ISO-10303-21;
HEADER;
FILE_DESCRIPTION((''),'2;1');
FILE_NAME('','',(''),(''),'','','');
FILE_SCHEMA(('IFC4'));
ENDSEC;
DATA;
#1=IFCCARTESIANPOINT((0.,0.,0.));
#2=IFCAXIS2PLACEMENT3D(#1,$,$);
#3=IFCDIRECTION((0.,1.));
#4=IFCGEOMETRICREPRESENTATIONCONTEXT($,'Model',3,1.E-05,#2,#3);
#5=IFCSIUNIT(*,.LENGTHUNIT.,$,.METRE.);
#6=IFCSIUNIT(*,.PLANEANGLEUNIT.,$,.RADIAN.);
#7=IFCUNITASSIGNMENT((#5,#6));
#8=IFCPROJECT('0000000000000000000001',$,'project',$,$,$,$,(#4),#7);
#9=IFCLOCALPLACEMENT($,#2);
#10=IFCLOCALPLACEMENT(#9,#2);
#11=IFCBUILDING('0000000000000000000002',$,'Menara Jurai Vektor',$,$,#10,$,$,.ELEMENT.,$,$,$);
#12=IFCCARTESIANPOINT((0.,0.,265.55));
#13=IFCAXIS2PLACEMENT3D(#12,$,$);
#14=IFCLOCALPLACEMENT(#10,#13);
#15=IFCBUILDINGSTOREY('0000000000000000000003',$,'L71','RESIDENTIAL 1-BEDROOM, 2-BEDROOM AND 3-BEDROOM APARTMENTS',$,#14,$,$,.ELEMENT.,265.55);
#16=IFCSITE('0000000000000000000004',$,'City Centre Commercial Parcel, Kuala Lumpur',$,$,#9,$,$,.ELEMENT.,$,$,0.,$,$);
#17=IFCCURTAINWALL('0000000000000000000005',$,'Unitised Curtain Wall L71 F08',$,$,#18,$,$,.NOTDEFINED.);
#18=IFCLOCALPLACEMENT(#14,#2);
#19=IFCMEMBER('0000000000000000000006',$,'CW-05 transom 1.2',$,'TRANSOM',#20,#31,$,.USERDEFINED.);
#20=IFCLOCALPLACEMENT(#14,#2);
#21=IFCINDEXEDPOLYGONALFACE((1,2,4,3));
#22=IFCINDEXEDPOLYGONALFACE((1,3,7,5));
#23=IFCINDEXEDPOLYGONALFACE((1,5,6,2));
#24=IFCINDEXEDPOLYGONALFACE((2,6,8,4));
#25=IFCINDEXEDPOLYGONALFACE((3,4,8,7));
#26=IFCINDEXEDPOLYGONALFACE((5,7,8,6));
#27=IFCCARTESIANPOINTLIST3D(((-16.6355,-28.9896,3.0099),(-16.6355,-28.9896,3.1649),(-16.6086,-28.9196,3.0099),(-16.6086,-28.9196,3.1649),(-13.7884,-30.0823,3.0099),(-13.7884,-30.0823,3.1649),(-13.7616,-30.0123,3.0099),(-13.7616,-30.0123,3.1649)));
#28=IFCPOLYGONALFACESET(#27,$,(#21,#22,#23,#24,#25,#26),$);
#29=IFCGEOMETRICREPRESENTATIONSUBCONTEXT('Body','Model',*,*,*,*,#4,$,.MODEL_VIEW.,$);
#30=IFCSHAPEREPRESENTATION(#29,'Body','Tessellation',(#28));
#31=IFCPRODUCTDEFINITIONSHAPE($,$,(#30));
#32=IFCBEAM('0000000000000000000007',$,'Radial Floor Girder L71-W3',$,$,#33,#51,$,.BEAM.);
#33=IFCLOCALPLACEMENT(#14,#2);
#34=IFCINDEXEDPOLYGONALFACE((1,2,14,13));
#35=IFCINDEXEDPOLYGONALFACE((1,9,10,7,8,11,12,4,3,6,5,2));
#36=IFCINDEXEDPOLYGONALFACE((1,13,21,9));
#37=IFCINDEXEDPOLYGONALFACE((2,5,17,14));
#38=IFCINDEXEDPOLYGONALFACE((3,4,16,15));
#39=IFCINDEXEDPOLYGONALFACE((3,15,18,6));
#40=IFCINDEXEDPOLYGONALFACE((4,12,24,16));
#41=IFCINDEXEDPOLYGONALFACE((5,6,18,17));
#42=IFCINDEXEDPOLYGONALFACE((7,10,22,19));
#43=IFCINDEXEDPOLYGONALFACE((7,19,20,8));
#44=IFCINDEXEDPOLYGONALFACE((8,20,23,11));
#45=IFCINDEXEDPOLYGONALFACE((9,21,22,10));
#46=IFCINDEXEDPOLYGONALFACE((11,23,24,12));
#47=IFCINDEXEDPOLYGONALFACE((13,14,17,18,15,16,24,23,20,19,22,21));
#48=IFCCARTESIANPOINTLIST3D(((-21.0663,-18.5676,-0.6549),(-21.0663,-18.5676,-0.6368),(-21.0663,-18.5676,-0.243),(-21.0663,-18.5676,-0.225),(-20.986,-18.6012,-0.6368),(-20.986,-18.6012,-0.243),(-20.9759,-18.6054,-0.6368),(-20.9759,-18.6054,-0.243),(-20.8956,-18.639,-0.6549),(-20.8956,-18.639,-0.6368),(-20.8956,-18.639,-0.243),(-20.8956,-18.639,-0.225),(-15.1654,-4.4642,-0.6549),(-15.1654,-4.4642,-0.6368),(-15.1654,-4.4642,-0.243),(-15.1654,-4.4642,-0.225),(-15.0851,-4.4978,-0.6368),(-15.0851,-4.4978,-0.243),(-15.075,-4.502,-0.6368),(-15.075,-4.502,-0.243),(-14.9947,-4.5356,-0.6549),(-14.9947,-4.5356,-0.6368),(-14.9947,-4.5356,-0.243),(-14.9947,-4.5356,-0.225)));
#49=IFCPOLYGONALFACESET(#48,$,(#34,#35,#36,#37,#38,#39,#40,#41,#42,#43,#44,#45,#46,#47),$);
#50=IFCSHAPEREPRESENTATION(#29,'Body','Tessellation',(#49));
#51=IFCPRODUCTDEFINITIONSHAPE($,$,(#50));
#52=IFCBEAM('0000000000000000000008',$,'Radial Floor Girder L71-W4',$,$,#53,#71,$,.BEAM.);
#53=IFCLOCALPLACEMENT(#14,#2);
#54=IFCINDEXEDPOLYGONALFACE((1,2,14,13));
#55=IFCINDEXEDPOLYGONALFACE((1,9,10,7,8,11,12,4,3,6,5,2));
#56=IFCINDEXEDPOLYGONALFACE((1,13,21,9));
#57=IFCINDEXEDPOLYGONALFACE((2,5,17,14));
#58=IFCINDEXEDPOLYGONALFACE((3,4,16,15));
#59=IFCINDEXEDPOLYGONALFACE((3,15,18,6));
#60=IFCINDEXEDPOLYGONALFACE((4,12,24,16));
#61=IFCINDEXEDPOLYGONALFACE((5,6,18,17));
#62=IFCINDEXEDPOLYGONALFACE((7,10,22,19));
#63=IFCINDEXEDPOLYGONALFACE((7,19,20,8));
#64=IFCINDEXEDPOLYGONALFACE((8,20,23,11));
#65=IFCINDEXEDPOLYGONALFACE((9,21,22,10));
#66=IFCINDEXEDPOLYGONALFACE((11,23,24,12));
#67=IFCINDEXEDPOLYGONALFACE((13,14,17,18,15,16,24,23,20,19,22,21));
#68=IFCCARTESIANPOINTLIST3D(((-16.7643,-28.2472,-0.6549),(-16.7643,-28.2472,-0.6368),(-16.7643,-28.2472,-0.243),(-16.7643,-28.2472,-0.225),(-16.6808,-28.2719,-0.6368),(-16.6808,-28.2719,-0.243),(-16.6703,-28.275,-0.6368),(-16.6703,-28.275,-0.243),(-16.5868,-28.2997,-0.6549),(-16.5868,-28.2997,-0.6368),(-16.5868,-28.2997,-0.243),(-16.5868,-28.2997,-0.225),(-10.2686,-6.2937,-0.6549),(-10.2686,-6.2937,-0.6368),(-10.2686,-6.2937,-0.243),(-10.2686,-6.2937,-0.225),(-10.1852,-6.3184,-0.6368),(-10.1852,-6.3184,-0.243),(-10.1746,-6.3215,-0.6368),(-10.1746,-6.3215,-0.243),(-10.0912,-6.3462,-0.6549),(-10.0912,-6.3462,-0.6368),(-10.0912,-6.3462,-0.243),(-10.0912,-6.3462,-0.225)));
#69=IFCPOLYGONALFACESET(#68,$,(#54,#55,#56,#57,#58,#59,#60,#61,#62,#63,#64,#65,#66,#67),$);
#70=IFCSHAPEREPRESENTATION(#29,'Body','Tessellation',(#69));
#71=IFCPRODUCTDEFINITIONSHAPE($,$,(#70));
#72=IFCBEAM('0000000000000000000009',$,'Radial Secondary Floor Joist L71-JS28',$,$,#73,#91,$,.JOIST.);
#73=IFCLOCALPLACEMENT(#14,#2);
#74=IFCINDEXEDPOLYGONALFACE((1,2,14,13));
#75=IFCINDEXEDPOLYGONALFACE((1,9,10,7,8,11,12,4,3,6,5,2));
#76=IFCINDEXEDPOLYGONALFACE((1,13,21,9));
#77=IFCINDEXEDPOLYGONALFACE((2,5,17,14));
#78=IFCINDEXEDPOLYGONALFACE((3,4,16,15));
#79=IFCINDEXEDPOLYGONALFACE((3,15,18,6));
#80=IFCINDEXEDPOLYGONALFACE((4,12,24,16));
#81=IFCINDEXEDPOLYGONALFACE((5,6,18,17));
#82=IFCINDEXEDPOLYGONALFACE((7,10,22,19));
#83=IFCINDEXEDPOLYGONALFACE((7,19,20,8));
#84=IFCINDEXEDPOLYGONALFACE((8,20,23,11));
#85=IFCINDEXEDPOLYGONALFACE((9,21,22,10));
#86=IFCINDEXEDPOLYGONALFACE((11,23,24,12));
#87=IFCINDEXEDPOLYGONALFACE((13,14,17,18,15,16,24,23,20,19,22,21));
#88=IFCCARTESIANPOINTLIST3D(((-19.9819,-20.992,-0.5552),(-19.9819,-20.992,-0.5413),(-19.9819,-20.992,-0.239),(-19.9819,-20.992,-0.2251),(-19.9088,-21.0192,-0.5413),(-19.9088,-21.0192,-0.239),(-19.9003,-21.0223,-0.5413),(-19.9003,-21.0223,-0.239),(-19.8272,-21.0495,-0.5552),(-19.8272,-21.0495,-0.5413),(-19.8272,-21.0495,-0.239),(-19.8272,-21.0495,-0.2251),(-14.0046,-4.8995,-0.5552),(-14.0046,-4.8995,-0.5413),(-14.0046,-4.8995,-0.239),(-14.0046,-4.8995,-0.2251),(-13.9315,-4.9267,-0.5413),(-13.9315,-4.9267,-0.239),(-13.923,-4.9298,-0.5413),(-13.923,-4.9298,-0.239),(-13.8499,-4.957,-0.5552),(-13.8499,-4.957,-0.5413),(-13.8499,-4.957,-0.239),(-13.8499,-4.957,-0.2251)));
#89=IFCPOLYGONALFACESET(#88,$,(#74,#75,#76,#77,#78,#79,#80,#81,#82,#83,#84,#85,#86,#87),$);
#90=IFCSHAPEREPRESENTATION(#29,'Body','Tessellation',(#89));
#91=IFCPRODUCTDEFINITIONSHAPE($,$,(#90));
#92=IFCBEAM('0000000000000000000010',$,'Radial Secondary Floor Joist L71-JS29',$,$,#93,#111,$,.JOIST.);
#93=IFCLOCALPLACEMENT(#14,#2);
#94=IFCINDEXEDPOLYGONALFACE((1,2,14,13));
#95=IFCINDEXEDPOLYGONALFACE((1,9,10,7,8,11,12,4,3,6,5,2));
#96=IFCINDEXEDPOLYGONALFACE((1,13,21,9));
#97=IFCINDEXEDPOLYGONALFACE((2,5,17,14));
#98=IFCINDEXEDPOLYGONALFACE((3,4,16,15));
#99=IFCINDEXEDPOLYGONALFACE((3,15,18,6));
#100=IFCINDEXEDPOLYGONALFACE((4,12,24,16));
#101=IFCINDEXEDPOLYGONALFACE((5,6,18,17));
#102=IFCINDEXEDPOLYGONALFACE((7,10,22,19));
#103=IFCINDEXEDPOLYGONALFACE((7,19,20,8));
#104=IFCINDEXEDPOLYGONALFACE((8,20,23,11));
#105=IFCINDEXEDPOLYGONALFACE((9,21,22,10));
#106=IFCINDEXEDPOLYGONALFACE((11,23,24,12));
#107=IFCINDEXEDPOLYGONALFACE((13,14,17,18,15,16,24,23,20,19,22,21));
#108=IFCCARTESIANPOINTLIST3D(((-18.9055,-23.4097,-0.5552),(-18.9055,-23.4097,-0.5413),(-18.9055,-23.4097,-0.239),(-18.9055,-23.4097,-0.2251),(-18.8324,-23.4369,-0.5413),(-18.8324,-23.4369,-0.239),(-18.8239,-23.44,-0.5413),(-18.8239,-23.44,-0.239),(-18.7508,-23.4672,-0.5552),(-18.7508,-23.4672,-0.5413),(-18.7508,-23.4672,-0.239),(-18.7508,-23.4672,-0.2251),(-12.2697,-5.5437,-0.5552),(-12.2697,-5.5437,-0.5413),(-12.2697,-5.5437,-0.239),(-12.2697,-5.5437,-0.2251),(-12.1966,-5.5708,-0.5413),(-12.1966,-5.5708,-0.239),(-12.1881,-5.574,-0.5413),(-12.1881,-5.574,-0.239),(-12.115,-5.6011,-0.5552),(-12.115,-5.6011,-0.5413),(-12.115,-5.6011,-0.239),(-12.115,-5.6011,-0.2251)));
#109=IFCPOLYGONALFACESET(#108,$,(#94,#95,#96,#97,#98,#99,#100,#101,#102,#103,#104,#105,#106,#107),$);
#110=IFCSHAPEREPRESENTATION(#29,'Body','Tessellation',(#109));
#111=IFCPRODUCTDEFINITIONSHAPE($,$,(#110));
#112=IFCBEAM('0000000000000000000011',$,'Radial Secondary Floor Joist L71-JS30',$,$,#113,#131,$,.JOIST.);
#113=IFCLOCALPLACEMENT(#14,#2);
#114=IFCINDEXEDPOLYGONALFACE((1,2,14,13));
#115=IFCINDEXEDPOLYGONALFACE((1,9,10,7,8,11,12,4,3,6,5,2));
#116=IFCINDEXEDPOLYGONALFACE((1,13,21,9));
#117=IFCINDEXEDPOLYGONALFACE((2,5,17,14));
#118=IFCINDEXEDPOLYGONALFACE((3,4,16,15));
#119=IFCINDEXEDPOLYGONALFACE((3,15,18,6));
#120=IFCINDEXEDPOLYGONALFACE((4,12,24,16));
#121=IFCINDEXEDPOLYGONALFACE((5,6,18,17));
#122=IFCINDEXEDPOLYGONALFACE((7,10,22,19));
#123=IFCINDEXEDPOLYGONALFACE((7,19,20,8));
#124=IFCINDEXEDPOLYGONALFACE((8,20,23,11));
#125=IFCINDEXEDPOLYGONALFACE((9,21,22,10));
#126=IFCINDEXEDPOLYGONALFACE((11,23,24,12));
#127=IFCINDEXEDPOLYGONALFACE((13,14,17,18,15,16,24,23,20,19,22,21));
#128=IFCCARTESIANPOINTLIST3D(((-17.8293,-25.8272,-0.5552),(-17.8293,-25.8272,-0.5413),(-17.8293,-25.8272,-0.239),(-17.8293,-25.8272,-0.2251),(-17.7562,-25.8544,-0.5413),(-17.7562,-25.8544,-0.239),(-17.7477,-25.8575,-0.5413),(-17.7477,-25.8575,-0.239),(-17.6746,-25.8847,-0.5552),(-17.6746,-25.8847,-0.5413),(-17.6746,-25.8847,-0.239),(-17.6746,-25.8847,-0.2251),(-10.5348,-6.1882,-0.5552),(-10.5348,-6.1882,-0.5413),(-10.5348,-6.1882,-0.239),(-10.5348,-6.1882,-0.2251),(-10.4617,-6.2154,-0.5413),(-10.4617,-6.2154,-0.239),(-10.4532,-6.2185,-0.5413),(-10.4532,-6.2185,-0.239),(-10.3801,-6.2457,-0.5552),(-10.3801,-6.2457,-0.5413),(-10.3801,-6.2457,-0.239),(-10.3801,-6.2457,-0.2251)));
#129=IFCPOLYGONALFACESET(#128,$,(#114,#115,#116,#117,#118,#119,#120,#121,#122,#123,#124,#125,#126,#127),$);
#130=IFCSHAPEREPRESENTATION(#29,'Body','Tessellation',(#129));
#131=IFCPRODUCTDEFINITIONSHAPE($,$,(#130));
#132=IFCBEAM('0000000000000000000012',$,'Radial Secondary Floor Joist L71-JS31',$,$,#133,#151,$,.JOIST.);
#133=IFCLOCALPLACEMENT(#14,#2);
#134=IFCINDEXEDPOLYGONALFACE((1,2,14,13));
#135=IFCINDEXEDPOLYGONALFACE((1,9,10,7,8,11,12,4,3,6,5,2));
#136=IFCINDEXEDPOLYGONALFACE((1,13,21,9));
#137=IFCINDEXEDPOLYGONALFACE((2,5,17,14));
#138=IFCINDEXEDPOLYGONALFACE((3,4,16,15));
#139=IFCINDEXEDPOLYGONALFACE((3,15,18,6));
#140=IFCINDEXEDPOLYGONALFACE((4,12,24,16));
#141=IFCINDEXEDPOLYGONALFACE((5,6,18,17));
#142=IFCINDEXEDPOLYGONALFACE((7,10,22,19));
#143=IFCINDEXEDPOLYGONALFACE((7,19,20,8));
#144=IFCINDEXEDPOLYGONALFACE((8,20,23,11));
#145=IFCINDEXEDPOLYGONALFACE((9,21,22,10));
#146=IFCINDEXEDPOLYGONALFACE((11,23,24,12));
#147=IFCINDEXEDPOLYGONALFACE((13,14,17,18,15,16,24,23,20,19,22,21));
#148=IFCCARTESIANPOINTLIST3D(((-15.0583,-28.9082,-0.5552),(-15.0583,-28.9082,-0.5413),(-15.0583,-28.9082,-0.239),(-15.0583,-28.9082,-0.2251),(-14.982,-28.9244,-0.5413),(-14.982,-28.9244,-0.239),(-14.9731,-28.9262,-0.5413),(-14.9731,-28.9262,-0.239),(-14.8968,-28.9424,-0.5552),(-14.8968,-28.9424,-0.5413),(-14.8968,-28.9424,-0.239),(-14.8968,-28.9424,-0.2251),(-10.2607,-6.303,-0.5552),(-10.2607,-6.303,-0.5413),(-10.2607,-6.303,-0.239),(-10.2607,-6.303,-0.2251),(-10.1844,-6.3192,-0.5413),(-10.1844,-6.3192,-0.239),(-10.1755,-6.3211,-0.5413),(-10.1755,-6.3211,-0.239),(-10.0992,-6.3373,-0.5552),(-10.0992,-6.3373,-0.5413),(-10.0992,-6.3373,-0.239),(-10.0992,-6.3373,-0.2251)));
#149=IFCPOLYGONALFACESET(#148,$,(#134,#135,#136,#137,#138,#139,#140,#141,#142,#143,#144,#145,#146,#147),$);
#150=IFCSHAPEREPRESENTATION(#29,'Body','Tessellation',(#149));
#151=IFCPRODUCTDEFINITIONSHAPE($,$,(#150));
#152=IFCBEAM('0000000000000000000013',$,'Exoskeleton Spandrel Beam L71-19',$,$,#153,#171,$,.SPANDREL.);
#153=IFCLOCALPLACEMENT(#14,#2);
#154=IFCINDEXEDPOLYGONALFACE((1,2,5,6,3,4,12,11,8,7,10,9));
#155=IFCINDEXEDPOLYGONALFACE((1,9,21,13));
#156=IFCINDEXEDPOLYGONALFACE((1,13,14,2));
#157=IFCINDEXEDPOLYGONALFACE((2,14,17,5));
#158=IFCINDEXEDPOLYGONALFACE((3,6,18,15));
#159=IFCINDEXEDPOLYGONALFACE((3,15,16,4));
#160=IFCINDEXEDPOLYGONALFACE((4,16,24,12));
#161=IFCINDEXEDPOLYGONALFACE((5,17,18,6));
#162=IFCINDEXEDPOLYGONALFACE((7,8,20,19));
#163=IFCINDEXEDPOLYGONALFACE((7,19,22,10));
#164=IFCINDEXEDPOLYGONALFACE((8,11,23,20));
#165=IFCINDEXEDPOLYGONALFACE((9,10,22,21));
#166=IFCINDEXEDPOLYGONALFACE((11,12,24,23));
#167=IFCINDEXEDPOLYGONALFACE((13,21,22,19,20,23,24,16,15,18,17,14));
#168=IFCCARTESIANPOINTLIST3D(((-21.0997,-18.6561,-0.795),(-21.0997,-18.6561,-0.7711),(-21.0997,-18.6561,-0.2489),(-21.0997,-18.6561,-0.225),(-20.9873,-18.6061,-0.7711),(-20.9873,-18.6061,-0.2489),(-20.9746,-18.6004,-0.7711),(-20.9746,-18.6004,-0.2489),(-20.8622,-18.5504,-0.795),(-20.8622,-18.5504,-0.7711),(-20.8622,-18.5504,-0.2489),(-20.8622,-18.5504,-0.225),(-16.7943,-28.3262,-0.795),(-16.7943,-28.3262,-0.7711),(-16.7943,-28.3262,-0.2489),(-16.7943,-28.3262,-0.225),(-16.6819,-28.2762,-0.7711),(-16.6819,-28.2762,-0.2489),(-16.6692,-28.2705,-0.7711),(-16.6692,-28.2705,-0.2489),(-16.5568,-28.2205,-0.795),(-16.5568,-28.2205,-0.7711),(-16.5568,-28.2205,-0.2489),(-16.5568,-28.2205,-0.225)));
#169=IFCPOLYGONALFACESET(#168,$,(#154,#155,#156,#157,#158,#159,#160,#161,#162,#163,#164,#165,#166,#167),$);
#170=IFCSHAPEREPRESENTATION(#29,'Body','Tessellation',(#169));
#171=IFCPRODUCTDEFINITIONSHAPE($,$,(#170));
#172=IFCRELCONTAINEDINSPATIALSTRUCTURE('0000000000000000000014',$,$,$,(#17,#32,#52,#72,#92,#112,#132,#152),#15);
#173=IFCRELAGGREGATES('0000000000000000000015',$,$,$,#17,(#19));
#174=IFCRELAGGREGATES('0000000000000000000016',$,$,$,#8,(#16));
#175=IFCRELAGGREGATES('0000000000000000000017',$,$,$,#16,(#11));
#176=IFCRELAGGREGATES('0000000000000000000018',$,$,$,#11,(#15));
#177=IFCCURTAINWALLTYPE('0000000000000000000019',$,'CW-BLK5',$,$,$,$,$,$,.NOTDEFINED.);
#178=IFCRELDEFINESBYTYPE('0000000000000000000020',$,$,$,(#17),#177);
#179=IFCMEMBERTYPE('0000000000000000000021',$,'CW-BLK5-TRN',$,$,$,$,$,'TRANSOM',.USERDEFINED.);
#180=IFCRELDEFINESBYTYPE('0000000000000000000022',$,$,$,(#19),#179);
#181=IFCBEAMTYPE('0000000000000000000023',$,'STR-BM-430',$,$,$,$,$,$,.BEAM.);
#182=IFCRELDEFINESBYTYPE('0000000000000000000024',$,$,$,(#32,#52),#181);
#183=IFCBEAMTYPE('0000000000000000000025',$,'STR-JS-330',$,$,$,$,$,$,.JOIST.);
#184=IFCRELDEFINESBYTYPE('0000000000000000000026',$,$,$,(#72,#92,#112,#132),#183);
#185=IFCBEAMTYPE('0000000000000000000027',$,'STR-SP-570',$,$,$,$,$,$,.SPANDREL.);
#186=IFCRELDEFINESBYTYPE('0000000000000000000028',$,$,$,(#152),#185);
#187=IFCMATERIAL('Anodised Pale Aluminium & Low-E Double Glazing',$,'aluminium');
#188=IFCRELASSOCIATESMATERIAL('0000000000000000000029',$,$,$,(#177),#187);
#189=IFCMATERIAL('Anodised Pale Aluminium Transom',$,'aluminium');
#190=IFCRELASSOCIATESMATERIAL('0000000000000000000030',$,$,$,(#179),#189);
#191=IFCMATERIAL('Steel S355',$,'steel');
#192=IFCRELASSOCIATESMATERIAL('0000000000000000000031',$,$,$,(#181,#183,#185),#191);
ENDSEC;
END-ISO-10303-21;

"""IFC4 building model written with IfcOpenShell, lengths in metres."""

from ifc_helpers import new_model, si_unit, direction, frame, origin, origin_2d, place, context, subcontext, project, spatial, rectangle, i_section, extrude, material, material_profile, profile_set, type_object, element, aggregate, save


model = new_model("IFC4")

# Units and contexts
model_context = context("Model", 3, precision=1e-05, world=origin(), true_north=direction((0.0, 1.0)))
body_context = subcontext(model_context, "Body", "Model", "MODEL_VIEW")
ifc_project = project(units=[si_unit("LENGTHUNIT", "METRE"), si_unit("PLANEANGLEUNIT", "RADIAN")], contexts=[model_context])

# Site, building, storey
site_placement = place(None, origin())
site = spatial("IfcSite", under=ifc_project, at=site_placement, Name="City Centre Commercial Parcel, Kuala Lumpur", CompositionType="ELEMENT", RefElevation=0.0)
building_placement = place(site_placement, origin())
building = spatial("IfcBuilding", under=site, at=building_placement, Name="Menara Jurai Vektor", CompositionType="ELEMENT")
storey_placement = place(building_placement, frame((0.0, 0.0, 265.55)))
storey = spatial("IfcBuildingStorey", under=building, at=storey_placement, Name="L71", Description="RESIDENTIAL 1-BEDROOM, 2-BEDROOM AND 3-BEDROOM APARTMENTS", CompositionType="ELEMENT", Elevation=265.55)

# Curtain wall
ifc_material_1 = material(Name="Anodised Pale Aluminium & Low-E Double Glazing", Category="aluminium")
curtain_wall_type = type_object("IfcCurtainWallType", Name="CW-BLK5", PredefinedType="NOTDEFINED", material=ifc_material_1)
curtain_wall_1_placement = place(storey_placement, origin())
curtain_wall_1 = element("IfcCurtainWall", 1, at=curtain_wall_1_placement, inside=storey, type_object=curtain_wall_type, Name="Unitised Curtain Wall L71 F08", PredefinedType="NOTDEFINED")

# Member
ifc_material_2 = material(Name="Anodised Pale Aluminium Transom", Category="aluminium")
ifc_material_profile_1 = material_profile(ifc_material_2, rectangle(XDim=0.075, YDim=0.155, at=origin_2d()), Name="ALU TRN 75x155")
ifc_profile_set_1 = profile_set([ifc_material_profile_1], Name="Anodised Pale Aluminium Transom")
member_type_1 = type_object("IfcMemberType", Name="CW-BLK5-TRN", ElementType="TRANSOM", PredefinedType="USERDEFINED", material=ifc_profile_set_1)
member_1_placement = place(storey_placement, frame((-16.6221, -28.9546, 3.0874), z_axis=(0.933597, -0.358325, 0.0), x_axis=(0.358325, 0.933597, 0.0)))
member_1 = element("IfcMember", 2, at=member_1_placement, type_object=member_type_1, Name="CW-05 transom 1.2", ObjectType="TRANSOM", PredefinedType="USERDEFINED", context=body_context, shape_type="SweptSolid", body=[
    extrude(rectangle(XDim=0.075, YDim=0.155, at=origin_2d()), origin(), (0.0, 0.0, 1.0), 3.0496),
])

# Beams
ifc_material_3 = material(Name="Steel S355", Category="steel")
ifc_material_profile_2 = material_profile(ifc_material_3, i_section(OverallWidth=0.1851, OverallDepth=0.4299, WebThickness=0.011, FlangeThickness=0.0181, at=origin_2d()), Name="PG 430x185x76")
ifc_profile_set_2 = profile_set([ifc_material_profile_2], Name="Steel S355")
beam_type_1 = type_object("IfcBeamType", Name="STR-BM-430", PredefinedType="BEAM", material=ifc_profile_set_2)
beam_1_placement = place(storey_placement, frame((-20.981, -18.6033, -0.4399), z_axis=(0.385981, 0.922507, 0.0), x_axis=(-0.922507, 0.385981, 0.0)))
element("IfcBeam", 3, at=beam_1_placement, inside=storey, type_object=beam_type_1, Name="Radial Floor Girder L71-W3", PredefinedType="BEAM", context=body_context, shape_type="SweptSolid", body=[
    extrude(i_section(OverallWidth=0.1851, OverallDepth=0.4299, WebThickness=0.011, FlangeThickness=0.0181, at=origin_2d()), origin(), (0.0, 0.0, 1.0), 15.2881),
])
beam_2_placement = place(storey_placement, frame((-16.6755, -28.2734, -0.4399), z_axis=(0.283723, 0.958906, 0.0), x_axis=(-0.958906, 0.283723, 0.0)))
element("IfcBeam", 4, at=beam_2_placement, inside=storey, type_object=beam_type_1, Name="Radial Floor Girder L71-W4", PredefinedType="BEAM", context=body_context, shape_type="SweptSolid", body=[
    extrude(i_section(OverallWidth=0.1851, OverallDepth=0.4299, WebThickness=0.011, FlangeThickness=0.0181, at=origin_2d()), origin(), (0.0, 0.0, 1.0), 22.8943),
])
ifc_material_profile_3 = material_profile(ifc_material_3, i_section(OverallWidth=0.165, OverallDepth=0.3301, WebThickness=0.009, FlangeThickness=0.0139, at=origin_2d()), Name="PG 330x165x46")
ifc_profile_set_3 = profile_set([ifc_material_profile_3], Name="Steel S355")
beam_type_2 = type_object("IfcBeamType", Name="STR-JS-330", PredefinedType="JOIST", material=ifc_profile_set_3)
beam_3_placement = place(storey_placement, frame((-19.9045, -21.0208, -0.3901), z_axis=(0.34819, 0.937424, 0.0), x_axis=(-0.937424, 0.34819, 0.0)))
element("IfcBeam", 5, at=beam_3_placement, inside=storey, type_object=beam_type_2, Name="Radial Secondary Floor Joist L71-JS28", PredefinedType="JOIST", context=body_context, shape_type="SweptSolid", body=[
    extrude(i_section(OverallWidth=0.165, OverallDepth=0.3301, WebThickness=0.009, FlangeThickness=0.0139, at=origin_2d()), origin(), (0.0, 0.0, 1.0), 17.1667),
])
beam_4_placement = place(storey_placement, frame((-18.8281, -23.4385, -0.3901), z_axis=(0.348178, 0.937428, 0.0), x_axis=(-0.937428, 0.348178, 0.0)))
element("IfcBeam", 6, at=beam_4_placement, inside=storey, type_object=beam_type_2, Name="Radial Secondary Floor Joist L71-JS29", PredefinedType="JOIST", context=body_context, shape_type="SweptSolid", body=[
    extrude(i_section(OverallWidth=0.165, OverallDepth=0.3301, WebThickness=0.009, FlangeThickness=0.0139, at=origin_2d()), origin(), (0.0, 0.0, 1.0), 19.0586),
])
beam_5_placement = place(storey_placement, frame((-17.752, -25.856, -0.3901), z_axis=(0.348186, 0.937426, 0.0), x_axis=(-0.937426, 0.348186, 0.0)))
element("IfcBeam", 7, at=beam_5_placement, inside=storey, type_object=beam_type_2, Name="Radial Secondary Floor Joist L71-JS30", PredefinedType="JOIST", context=body_context, shape_type="SweptSolid", body=[
    extrude(i_section(OverallWidth=0.165, OverallDepth=0.3301, WebThickness=0.009, FlangeThickness=0.0139, at=origin_2d()), origin(), (0.0, 0.0, 1.0), 20.95),
])
beam_6_placement = place(storey_placement, frame((-14.9775, -28.9253, -0.3901), z_axis=(0.20761, 0.978212, 0.0), x_axis=(-0.978212, 0.20761, 0.0)))
element("IfcBeam", 8, at=beam_6_placement, inside=storey, type_object=beam_type_2, Name="Radial Secondary Floor Joist L71-JS31", PredefinedType="JOIST", context=body_context, shape_type="SweptSolid", body=[
    extrude(i_section(OverallWidth=0.165, OverallDepth=0.3301, WebThickness=0.009, FlangeThickness=0.0139, at=origin_2d()), origin(), (0.0, 0.0, 1.0), 23.1086),
])
ifc_material_profile_4 = material_profile(ifc_material_3, i_section(OverallWidth=0.26, OverallDepth=0.5701, WebThickness=0.0139, FlangeThickness=0.0239, at=origin_2d()), Name="PG 570x260x145")
ifc_profile_set_4 = profile_set([ifc_material_profile_4], Name="Steel S355")
beam_type_3 = type_object("IfcBeamType", Name="STR-SP-570", PredefinedType="SPANDREL", material=ifc_profile_set_4)
beam_7_placement = place(storey_placement, frame((-20.981, -18.6033, -0.51), z_axis=(0.406735, -0.913546, 0.0), x_axis=(0.913546, 0.406735, 0.0)))
element("IfcBeam", 9, at=beam_7_placement, inside=storey, type_object=beam_type_3, Name="Exoskeleton Spandrel Beam L71-19", PredefinedType="SPANDREL", context=body_context, shape_type="SweptSolid", body=[
    extrude(i_section(OverallWidth=0.26, OverallDepth=0.5701, WebThickness=0.0139, FlangeThickness=0.0239, at=origin_2d()), origin(), (0.0, 0.0, 1.0), 10.5852),
])

aggregate(curtain_wall_1, [member_1])

save(model, "model.ifc")
